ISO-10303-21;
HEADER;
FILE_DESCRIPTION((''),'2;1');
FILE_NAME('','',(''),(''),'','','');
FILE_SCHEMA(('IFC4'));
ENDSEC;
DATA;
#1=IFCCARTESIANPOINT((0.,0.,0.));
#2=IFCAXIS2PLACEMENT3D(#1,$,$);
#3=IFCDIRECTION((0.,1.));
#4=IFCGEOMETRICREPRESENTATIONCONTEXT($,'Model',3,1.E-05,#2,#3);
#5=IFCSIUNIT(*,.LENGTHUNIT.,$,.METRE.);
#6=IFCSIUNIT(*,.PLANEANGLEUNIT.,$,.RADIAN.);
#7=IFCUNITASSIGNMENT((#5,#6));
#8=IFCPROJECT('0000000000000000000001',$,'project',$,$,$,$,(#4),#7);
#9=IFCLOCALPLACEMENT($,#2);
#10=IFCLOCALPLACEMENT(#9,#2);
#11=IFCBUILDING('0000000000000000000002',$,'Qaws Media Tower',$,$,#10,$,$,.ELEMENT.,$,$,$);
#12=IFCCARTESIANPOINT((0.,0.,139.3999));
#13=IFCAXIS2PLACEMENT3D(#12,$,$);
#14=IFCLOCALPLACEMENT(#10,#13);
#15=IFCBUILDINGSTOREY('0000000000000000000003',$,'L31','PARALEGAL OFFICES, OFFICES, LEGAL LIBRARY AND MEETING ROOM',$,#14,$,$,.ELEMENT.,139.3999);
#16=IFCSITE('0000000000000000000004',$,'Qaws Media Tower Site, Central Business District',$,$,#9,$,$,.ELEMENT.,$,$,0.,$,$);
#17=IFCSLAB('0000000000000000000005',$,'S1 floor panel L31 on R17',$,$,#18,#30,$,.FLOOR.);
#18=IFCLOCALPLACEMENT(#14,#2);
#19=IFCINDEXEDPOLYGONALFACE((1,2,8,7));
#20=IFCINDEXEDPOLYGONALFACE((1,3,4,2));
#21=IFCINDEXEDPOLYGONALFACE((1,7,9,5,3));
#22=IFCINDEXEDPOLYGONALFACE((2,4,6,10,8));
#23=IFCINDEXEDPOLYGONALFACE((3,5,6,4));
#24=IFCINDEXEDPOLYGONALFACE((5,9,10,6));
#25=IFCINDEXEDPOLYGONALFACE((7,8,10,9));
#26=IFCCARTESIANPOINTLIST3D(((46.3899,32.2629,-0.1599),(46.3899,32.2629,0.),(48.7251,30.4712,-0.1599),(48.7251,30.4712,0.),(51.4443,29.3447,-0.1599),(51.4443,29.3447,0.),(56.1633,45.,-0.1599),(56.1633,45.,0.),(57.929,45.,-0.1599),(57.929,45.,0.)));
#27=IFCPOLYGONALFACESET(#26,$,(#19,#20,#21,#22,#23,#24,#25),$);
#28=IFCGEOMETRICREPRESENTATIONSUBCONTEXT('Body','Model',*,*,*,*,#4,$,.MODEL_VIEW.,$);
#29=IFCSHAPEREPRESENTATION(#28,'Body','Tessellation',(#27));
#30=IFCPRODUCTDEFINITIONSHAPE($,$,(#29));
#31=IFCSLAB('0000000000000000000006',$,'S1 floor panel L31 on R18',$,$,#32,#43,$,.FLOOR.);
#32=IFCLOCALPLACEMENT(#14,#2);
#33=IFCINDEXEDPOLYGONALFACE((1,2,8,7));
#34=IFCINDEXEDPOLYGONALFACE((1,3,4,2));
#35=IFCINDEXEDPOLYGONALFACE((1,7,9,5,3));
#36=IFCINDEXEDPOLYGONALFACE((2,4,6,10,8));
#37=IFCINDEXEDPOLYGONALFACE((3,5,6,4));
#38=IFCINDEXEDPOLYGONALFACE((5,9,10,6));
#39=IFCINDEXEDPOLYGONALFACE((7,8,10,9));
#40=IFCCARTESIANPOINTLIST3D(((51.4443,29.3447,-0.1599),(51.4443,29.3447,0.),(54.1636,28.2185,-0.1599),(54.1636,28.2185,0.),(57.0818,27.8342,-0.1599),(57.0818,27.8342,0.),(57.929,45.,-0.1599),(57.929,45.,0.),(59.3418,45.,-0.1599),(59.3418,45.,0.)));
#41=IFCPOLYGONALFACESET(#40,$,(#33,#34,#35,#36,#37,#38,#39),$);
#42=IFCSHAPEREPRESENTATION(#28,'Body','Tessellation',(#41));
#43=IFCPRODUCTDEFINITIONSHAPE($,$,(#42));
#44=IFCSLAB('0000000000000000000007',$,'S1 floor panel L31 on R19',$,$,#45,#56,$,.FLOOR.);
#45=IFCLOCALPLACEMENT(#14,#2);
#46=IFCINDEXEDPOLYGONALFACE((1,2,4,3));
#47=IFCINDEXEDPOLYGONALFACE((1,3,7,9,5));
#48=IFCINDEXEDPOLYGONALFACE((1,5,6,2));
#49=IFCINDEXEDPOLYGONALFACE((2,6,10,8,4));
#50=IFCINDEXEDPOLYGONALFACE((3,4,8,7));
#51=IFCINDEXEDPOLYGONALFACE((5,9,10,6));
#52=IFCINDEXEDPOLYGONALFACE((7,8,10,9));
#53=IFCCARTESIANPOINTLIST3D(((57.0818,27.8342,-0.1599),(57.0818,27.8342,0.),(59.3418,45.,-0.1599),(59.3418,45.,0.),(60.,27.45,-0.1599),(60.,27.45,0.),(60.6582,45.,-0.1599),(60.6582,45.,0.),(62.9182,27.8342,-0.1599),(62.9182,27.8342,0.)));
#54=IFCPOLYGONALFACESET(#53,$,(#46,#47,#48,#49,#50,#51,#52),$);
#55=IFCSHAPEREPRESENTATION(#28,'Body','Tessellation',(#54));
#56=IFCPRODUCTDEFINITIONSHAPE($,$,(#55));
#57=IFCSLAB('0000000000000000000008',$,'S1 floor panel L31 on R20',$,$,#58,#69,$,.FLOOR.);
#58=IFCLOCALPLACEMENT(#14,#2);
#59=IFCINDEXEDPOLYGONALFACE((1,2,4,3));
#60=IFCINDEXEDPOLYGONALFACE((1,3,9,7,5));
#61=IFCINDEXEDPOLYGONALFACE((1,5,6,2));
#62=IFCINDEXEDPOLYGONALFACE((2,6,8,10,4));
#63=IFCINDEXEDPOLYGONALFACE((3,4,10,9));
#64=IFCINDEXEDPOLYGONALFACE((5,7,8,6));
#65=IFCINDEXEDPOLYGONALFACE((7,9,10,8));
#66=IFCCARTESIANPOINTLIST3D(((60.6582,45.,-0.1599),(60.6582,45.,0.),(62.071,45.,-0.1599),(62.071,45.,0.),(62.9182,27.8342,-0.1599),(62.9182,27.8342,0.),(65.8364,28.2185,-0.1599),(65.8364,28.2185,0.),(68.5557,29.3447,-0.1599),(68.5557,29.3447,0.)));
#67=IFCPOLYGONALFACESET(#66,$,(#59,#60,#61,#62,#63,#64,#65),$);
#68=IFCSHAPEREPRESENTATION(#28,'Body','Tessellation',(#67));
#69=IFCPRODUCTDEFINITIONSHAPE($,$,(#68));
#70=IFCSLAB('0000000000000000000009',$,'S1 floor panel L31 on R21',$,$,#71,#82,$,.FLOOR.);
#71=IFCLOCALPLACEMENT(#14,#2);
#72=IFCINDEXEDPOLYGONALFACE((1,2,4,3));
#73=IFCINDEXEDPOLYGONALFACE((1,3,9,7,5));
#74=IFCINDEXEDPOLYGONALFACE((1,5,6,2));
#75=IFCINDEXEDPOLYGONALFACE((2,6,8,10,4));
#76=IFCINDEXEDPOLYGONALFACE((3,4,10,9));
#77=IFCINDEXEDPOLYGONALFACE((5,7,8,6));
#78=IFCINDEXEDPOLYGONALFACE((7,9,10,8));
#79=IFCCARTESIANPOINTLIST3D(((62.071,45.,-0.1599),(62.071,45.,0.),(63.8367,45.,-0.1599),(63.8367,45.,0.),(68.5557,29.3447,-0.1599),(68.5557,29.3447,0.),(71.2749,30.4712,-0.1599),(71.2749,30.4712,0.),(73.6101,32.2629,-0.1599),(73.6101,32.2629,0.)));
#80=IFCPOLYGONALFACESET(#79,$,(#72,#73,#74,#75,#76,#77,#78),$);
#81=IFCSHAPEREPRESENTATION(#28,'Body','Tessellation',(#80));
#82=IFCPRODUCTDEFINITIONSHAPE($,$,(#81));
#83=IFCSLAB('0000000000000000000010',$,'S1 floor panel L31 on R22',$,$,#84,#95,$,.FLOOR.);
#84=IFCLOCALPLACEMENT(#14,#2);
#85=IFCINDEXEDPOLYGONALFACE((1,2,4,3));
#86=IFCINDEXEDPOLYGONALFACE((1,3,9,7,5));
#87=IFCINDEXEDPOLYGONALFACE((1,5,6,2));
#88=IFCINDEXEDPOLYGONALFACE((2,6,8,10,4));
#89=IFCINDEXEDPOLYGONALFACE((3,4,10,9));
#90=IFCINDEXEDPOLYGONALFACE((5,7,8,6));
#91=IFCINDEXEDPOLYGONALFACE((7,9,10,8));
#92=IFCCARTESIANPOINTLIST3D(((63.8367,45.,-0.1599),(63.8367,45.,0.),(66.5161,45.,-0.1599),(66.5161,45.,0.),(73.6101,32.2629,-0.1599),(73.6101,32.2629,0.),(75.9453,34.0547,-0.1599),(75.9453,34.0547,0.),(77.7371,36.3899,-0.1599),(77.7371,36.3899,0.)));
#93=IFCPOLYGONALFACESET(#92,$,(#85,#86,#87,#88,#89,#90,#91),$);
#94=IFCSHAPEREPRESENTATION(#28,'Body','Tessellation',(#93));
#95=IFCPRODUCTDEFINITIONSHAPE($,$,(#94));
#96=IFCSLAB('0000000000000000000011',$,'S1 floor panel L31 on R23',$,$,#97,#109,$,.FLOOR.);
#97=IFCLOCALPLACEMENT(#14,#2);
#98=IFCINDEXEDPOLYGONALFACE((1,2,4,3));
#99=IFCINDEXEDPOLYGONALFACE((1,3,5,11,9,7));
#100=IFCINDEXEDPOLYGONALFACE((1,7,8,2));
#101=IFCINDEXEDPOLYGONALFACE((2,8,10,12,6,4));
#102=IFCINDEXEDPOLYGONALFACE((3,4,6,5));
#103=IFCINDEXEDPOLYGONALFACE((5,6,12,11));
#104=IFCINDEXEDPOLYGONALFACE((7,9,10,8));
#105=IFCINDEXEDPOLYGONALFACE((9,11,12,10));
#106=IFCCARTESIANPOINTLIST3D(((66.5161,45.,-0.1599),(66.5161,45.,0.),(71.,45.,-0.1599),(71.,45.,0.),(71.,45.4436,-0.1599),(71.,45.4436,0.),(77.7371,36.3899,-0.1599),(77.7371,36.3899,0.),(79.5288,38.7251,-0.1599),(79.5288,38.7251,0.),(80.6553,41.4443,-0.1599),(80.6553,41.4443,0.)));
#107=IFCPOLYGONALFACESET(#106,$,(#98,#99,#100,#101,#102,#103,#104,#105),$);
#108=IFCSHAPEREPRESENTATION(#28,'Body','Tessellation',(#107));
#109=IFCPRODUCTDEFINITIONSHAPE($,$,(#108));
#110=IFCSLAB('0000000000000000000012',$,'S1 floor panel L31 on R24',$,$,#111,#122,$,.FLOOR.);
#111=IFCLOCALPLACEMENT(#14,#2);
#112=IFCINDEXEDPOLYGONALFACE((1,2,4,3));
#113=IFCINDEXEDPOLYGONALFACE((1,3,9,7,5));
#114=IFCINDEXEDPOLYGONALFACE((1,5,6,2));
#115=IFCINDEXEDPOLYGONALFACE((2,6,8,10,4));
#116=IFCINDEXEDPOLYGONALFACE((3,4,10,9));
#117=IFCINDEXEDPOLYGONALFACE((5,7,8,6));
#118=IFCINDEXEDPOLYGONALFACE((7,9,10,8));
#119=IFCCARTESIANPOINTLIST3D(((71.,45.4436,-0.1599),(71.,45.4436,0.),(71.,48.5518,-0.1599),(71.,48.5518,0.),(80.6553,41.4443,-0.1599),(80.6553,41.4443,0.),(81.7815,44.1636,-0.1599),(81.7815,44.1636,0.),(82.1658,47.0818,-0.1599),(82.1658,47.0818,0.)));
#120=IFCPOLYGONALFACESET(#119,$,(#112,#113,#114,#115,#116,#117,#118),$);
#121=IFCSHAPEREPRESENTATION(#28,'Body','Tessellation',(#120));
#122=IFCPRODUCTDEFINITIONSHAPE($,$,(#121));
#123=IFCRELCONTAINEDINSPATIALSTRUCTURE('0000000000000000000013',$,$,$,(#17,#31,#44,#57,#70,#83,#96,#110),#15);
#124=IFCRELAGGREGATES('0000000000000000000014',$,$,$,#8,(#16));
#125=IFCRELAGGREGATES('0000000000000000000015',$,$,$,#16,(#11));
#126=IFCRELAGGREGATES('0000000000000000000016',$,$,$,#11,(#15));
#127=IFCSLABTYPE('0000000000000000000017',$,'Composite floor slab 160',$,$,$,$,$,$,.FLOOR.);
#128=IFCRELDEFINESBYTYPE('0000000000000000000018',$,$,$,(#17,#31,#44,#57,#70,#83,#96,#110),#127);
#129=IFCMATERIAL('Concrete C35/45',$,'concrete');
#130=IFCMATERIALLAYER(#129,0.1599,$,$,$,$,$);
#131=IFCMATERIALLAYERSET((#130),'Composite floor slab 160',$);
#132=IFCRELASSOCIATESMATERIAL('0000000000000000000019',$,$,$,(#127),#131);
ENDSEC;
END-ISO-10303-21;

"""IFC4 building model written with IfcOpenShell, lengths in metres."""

from ifc_helpers import new_model, si_unit, direction, frame, origin, place, context, subcontext, project, spatial, polyline, outline, extrude, material, layer, layer_set, type_object, element, save


model = new_model("IFC4")

# Units and contexts
model_context = context("Model", 3, precision=1e-05, world=origin(), true_north=direction((0.0, 1.0)))
body_context = subcontext(model_context, "Body", "Model", "MODEL_VIEW")
ifc_project = project(units=[si_unit("LENGTHUNIT", "METRE"), si_unit("PLANEANGLEUNIT", "RADIAN")], contexts=[model_context])

# Site, building, storey
site_placement = place(None, origin())
site = spatial("IfcSite", under=ifc_project, at=site_placement, Name="Qaws Media Tower Site, Central Business District", CompositionType="ELEMENT", RefElevation=0.0)
building_placement = place(site_placement, origin())
building = spatial("IfcBuilding", under=site, at=building_placement, Name="Qaws Media Tower", CompositionType="ELEMENT")
storey_placement = place(building_placement, frame((0.0, 0.0, 139.3999)))
storey = spatial("IfcBuildingStorey", under=building, at=storey_placement, Name="L31", Description="PARALEGAL OFFICES, OFFICES, LEGAL LIBRARY AND MEETING ROOM", CompositionType="ELEMENT", Elevation=139.3999)

# Slabs
ifc_material_1 = material(Name="Concrete C35/45", Category="concrete")
ifc_layer_1 = layer(ifc_material_1, 0.1599)
ifc_layer_set_1 = layer_set([ifc_layer_1], Name="Composite floor slab 160")
slab_type_1 = type_object("IfcSlabType", Name="Composite floor slab 160", PredefinedType="FLOOR", material=ifc_layer_set_1)
slab_1_placement = place(storey_placement, frame((0.0, 0.0, -0.1599)))
element("IfcSlab", 1, at=slab_1_placement, inside=storey, type_object=slab_type_1, Name="S1 floor panel L31 on R17", PredefinedType="FLOOR", context=body_context, shape_type="SweptSolid", body=[
    extrude(outline(polyline([(48.7251, 30.4712), (46.3899, 32.2629), (56.1633, 45.0), (57.929, 45.0), (51.4443, 29.3447), (48.7251, 30.4712)])), origin(), (0.0, 0.0, 1.0), 0.1599),
])
slab_2_placement = place(storey_placement, frame((0.0, 0.0, -0.1599)))
element("IfcSlab", 2, at=slab_2_placement, inside=storey, type_object=slab_type_1, Name="S1 floor panel L31 on R18", PredefinedType="FLOOR", context=body_context, shape_type="SweptSolid", body=[
    extrude(outline(polyline([(54.1636, 28.2185), (51.4443, 29.3447), (57.929, 45.0), (59.3418, 45.0), (57.0818, 27.8342), (54.1636, 28.2185)])), origin(), (0.0, 0.0, 1.0), 0.1599),
])
slab_3_placement = place(storey_placement, frame((0.0, 0.0, -0.1599)))
element("IfcSlab", 3, at=slab_3_placement, inside=storey, type_object=slab_type_1, Name="S1 floor panel L31 on R19", PredefinedType="FLOOR", context=body_context, shape_type="SweptSolid", body=[
    extrude(outline(polyline([(60.0, 27.45), (57.0818, 27.8342), (59.3418, 45.0), (60.6582, 45.0), (62.9182, 27.8342), (60.0, 27.45)])), origin(), (0.0, 0.0, 1.0), 0.1599),
])
slab_4_placement = place(storey_placement, frame((0.0, 0.0, -0.1599)))
element("IfcSlab", 4, at=slab_4_placement, inside=storey, type_object=slab_type_1, Name="S1 floor panel L31 on R20", PredefinedType="FLOOR", context=body_context, shape_type="SweptSolid", body=[
    extrude(outline(polyline([(65.8364, 28.2185), (62.9182, 27.8342), (60.6582, 45.0), (62.071, 45.0), (68.5557, 29.3447), (65.8364, 28.2185)])), origin(), (0.0, 0.0, 1.0), 0.1599),
])
slab_5_placement = place(storey_placement, frame((0.0, 0.0, -0.1599)))
element("IfcSlab", 5, at=slab_5_placement, inside=storey, type_object=slab_type_1, Name="S1 floor panel L31 on R21", PredefinedType="FLOOR", context=body_context, shape_type="SweptSolid", body=[
    extrude(outline(polyline([(71.2749, 30.4712), (68.5557, 29.3447), (62.071, 45.0), (63.8367, 45.0), (73.6101, 32.2629), (71.2749, 30.4712)])), origin(), (0.0, 0.0, 1.0), 0.1599),
])
slab_6_placement = place(storey_placement, frame((0.0, 0.0, -0.1599)))
element("IfcSlab", 6, at=slab_6_placement, inside=storey, type_object=slab_type_1, Name="S1 floor panel L31 on R22", PredefinedType="FLOOR", context=body_context, shape_type="SweptSolid", body=[
    extrude(outline(polyline([(75.9453, 34.0547), (73.6101, 32.2629), (63.8367, 45.0), (66.5161, 45.0), (77.7371, 36.3899), (75.9453, 34.0547)])), origin(), (0.0, 0.0, 1.0), 0.1599),
])
slab_7_placement = place(storey_placement, frame((0.0, 0.0, -0.1599)))
element("IfcSlab", 7, at=slab_7_placement, inside=storey, type_object=slab_type_1, Name="S1 floor panel L31 on R23", PredefinedType="FLOOR", context=body_context, shape_type="SweptSolid", body=[
    extrude(outline(polyline([(79.5288, 38.7251), (77.7371, 36.3899), (66.5161, 45.0), (71.0, 45.0), (71.0, 45.4436), (80.6553, 41.4443), (79.5288, 38.7251)])), origin(), (0.0, 0.0, 1.0), 0.1599),
])
slab_8_placement = place(storey_placement, frame((0.0, 0.0, -0.1599)))
element("IfcSlab", 8, at=slab_8_placement, inside=storey, type_object=slab_type_1, Name="S1 floor panel L31 on R24", PredefinedType="FLOOR", context=body_context, shape_type="SweptSolid", body=[
    extrude(outline(polyline([(80.6553, 41.4443), (71.0, 45.4436), (71.0, 48.5518), (82.1658, 47.0818), (81.7815, 44.1636), (80.6553, 41.4443)])), origin(), (0.0, 0.0, 1.0), 0.1599),
])

save(model, "model.ifc")
